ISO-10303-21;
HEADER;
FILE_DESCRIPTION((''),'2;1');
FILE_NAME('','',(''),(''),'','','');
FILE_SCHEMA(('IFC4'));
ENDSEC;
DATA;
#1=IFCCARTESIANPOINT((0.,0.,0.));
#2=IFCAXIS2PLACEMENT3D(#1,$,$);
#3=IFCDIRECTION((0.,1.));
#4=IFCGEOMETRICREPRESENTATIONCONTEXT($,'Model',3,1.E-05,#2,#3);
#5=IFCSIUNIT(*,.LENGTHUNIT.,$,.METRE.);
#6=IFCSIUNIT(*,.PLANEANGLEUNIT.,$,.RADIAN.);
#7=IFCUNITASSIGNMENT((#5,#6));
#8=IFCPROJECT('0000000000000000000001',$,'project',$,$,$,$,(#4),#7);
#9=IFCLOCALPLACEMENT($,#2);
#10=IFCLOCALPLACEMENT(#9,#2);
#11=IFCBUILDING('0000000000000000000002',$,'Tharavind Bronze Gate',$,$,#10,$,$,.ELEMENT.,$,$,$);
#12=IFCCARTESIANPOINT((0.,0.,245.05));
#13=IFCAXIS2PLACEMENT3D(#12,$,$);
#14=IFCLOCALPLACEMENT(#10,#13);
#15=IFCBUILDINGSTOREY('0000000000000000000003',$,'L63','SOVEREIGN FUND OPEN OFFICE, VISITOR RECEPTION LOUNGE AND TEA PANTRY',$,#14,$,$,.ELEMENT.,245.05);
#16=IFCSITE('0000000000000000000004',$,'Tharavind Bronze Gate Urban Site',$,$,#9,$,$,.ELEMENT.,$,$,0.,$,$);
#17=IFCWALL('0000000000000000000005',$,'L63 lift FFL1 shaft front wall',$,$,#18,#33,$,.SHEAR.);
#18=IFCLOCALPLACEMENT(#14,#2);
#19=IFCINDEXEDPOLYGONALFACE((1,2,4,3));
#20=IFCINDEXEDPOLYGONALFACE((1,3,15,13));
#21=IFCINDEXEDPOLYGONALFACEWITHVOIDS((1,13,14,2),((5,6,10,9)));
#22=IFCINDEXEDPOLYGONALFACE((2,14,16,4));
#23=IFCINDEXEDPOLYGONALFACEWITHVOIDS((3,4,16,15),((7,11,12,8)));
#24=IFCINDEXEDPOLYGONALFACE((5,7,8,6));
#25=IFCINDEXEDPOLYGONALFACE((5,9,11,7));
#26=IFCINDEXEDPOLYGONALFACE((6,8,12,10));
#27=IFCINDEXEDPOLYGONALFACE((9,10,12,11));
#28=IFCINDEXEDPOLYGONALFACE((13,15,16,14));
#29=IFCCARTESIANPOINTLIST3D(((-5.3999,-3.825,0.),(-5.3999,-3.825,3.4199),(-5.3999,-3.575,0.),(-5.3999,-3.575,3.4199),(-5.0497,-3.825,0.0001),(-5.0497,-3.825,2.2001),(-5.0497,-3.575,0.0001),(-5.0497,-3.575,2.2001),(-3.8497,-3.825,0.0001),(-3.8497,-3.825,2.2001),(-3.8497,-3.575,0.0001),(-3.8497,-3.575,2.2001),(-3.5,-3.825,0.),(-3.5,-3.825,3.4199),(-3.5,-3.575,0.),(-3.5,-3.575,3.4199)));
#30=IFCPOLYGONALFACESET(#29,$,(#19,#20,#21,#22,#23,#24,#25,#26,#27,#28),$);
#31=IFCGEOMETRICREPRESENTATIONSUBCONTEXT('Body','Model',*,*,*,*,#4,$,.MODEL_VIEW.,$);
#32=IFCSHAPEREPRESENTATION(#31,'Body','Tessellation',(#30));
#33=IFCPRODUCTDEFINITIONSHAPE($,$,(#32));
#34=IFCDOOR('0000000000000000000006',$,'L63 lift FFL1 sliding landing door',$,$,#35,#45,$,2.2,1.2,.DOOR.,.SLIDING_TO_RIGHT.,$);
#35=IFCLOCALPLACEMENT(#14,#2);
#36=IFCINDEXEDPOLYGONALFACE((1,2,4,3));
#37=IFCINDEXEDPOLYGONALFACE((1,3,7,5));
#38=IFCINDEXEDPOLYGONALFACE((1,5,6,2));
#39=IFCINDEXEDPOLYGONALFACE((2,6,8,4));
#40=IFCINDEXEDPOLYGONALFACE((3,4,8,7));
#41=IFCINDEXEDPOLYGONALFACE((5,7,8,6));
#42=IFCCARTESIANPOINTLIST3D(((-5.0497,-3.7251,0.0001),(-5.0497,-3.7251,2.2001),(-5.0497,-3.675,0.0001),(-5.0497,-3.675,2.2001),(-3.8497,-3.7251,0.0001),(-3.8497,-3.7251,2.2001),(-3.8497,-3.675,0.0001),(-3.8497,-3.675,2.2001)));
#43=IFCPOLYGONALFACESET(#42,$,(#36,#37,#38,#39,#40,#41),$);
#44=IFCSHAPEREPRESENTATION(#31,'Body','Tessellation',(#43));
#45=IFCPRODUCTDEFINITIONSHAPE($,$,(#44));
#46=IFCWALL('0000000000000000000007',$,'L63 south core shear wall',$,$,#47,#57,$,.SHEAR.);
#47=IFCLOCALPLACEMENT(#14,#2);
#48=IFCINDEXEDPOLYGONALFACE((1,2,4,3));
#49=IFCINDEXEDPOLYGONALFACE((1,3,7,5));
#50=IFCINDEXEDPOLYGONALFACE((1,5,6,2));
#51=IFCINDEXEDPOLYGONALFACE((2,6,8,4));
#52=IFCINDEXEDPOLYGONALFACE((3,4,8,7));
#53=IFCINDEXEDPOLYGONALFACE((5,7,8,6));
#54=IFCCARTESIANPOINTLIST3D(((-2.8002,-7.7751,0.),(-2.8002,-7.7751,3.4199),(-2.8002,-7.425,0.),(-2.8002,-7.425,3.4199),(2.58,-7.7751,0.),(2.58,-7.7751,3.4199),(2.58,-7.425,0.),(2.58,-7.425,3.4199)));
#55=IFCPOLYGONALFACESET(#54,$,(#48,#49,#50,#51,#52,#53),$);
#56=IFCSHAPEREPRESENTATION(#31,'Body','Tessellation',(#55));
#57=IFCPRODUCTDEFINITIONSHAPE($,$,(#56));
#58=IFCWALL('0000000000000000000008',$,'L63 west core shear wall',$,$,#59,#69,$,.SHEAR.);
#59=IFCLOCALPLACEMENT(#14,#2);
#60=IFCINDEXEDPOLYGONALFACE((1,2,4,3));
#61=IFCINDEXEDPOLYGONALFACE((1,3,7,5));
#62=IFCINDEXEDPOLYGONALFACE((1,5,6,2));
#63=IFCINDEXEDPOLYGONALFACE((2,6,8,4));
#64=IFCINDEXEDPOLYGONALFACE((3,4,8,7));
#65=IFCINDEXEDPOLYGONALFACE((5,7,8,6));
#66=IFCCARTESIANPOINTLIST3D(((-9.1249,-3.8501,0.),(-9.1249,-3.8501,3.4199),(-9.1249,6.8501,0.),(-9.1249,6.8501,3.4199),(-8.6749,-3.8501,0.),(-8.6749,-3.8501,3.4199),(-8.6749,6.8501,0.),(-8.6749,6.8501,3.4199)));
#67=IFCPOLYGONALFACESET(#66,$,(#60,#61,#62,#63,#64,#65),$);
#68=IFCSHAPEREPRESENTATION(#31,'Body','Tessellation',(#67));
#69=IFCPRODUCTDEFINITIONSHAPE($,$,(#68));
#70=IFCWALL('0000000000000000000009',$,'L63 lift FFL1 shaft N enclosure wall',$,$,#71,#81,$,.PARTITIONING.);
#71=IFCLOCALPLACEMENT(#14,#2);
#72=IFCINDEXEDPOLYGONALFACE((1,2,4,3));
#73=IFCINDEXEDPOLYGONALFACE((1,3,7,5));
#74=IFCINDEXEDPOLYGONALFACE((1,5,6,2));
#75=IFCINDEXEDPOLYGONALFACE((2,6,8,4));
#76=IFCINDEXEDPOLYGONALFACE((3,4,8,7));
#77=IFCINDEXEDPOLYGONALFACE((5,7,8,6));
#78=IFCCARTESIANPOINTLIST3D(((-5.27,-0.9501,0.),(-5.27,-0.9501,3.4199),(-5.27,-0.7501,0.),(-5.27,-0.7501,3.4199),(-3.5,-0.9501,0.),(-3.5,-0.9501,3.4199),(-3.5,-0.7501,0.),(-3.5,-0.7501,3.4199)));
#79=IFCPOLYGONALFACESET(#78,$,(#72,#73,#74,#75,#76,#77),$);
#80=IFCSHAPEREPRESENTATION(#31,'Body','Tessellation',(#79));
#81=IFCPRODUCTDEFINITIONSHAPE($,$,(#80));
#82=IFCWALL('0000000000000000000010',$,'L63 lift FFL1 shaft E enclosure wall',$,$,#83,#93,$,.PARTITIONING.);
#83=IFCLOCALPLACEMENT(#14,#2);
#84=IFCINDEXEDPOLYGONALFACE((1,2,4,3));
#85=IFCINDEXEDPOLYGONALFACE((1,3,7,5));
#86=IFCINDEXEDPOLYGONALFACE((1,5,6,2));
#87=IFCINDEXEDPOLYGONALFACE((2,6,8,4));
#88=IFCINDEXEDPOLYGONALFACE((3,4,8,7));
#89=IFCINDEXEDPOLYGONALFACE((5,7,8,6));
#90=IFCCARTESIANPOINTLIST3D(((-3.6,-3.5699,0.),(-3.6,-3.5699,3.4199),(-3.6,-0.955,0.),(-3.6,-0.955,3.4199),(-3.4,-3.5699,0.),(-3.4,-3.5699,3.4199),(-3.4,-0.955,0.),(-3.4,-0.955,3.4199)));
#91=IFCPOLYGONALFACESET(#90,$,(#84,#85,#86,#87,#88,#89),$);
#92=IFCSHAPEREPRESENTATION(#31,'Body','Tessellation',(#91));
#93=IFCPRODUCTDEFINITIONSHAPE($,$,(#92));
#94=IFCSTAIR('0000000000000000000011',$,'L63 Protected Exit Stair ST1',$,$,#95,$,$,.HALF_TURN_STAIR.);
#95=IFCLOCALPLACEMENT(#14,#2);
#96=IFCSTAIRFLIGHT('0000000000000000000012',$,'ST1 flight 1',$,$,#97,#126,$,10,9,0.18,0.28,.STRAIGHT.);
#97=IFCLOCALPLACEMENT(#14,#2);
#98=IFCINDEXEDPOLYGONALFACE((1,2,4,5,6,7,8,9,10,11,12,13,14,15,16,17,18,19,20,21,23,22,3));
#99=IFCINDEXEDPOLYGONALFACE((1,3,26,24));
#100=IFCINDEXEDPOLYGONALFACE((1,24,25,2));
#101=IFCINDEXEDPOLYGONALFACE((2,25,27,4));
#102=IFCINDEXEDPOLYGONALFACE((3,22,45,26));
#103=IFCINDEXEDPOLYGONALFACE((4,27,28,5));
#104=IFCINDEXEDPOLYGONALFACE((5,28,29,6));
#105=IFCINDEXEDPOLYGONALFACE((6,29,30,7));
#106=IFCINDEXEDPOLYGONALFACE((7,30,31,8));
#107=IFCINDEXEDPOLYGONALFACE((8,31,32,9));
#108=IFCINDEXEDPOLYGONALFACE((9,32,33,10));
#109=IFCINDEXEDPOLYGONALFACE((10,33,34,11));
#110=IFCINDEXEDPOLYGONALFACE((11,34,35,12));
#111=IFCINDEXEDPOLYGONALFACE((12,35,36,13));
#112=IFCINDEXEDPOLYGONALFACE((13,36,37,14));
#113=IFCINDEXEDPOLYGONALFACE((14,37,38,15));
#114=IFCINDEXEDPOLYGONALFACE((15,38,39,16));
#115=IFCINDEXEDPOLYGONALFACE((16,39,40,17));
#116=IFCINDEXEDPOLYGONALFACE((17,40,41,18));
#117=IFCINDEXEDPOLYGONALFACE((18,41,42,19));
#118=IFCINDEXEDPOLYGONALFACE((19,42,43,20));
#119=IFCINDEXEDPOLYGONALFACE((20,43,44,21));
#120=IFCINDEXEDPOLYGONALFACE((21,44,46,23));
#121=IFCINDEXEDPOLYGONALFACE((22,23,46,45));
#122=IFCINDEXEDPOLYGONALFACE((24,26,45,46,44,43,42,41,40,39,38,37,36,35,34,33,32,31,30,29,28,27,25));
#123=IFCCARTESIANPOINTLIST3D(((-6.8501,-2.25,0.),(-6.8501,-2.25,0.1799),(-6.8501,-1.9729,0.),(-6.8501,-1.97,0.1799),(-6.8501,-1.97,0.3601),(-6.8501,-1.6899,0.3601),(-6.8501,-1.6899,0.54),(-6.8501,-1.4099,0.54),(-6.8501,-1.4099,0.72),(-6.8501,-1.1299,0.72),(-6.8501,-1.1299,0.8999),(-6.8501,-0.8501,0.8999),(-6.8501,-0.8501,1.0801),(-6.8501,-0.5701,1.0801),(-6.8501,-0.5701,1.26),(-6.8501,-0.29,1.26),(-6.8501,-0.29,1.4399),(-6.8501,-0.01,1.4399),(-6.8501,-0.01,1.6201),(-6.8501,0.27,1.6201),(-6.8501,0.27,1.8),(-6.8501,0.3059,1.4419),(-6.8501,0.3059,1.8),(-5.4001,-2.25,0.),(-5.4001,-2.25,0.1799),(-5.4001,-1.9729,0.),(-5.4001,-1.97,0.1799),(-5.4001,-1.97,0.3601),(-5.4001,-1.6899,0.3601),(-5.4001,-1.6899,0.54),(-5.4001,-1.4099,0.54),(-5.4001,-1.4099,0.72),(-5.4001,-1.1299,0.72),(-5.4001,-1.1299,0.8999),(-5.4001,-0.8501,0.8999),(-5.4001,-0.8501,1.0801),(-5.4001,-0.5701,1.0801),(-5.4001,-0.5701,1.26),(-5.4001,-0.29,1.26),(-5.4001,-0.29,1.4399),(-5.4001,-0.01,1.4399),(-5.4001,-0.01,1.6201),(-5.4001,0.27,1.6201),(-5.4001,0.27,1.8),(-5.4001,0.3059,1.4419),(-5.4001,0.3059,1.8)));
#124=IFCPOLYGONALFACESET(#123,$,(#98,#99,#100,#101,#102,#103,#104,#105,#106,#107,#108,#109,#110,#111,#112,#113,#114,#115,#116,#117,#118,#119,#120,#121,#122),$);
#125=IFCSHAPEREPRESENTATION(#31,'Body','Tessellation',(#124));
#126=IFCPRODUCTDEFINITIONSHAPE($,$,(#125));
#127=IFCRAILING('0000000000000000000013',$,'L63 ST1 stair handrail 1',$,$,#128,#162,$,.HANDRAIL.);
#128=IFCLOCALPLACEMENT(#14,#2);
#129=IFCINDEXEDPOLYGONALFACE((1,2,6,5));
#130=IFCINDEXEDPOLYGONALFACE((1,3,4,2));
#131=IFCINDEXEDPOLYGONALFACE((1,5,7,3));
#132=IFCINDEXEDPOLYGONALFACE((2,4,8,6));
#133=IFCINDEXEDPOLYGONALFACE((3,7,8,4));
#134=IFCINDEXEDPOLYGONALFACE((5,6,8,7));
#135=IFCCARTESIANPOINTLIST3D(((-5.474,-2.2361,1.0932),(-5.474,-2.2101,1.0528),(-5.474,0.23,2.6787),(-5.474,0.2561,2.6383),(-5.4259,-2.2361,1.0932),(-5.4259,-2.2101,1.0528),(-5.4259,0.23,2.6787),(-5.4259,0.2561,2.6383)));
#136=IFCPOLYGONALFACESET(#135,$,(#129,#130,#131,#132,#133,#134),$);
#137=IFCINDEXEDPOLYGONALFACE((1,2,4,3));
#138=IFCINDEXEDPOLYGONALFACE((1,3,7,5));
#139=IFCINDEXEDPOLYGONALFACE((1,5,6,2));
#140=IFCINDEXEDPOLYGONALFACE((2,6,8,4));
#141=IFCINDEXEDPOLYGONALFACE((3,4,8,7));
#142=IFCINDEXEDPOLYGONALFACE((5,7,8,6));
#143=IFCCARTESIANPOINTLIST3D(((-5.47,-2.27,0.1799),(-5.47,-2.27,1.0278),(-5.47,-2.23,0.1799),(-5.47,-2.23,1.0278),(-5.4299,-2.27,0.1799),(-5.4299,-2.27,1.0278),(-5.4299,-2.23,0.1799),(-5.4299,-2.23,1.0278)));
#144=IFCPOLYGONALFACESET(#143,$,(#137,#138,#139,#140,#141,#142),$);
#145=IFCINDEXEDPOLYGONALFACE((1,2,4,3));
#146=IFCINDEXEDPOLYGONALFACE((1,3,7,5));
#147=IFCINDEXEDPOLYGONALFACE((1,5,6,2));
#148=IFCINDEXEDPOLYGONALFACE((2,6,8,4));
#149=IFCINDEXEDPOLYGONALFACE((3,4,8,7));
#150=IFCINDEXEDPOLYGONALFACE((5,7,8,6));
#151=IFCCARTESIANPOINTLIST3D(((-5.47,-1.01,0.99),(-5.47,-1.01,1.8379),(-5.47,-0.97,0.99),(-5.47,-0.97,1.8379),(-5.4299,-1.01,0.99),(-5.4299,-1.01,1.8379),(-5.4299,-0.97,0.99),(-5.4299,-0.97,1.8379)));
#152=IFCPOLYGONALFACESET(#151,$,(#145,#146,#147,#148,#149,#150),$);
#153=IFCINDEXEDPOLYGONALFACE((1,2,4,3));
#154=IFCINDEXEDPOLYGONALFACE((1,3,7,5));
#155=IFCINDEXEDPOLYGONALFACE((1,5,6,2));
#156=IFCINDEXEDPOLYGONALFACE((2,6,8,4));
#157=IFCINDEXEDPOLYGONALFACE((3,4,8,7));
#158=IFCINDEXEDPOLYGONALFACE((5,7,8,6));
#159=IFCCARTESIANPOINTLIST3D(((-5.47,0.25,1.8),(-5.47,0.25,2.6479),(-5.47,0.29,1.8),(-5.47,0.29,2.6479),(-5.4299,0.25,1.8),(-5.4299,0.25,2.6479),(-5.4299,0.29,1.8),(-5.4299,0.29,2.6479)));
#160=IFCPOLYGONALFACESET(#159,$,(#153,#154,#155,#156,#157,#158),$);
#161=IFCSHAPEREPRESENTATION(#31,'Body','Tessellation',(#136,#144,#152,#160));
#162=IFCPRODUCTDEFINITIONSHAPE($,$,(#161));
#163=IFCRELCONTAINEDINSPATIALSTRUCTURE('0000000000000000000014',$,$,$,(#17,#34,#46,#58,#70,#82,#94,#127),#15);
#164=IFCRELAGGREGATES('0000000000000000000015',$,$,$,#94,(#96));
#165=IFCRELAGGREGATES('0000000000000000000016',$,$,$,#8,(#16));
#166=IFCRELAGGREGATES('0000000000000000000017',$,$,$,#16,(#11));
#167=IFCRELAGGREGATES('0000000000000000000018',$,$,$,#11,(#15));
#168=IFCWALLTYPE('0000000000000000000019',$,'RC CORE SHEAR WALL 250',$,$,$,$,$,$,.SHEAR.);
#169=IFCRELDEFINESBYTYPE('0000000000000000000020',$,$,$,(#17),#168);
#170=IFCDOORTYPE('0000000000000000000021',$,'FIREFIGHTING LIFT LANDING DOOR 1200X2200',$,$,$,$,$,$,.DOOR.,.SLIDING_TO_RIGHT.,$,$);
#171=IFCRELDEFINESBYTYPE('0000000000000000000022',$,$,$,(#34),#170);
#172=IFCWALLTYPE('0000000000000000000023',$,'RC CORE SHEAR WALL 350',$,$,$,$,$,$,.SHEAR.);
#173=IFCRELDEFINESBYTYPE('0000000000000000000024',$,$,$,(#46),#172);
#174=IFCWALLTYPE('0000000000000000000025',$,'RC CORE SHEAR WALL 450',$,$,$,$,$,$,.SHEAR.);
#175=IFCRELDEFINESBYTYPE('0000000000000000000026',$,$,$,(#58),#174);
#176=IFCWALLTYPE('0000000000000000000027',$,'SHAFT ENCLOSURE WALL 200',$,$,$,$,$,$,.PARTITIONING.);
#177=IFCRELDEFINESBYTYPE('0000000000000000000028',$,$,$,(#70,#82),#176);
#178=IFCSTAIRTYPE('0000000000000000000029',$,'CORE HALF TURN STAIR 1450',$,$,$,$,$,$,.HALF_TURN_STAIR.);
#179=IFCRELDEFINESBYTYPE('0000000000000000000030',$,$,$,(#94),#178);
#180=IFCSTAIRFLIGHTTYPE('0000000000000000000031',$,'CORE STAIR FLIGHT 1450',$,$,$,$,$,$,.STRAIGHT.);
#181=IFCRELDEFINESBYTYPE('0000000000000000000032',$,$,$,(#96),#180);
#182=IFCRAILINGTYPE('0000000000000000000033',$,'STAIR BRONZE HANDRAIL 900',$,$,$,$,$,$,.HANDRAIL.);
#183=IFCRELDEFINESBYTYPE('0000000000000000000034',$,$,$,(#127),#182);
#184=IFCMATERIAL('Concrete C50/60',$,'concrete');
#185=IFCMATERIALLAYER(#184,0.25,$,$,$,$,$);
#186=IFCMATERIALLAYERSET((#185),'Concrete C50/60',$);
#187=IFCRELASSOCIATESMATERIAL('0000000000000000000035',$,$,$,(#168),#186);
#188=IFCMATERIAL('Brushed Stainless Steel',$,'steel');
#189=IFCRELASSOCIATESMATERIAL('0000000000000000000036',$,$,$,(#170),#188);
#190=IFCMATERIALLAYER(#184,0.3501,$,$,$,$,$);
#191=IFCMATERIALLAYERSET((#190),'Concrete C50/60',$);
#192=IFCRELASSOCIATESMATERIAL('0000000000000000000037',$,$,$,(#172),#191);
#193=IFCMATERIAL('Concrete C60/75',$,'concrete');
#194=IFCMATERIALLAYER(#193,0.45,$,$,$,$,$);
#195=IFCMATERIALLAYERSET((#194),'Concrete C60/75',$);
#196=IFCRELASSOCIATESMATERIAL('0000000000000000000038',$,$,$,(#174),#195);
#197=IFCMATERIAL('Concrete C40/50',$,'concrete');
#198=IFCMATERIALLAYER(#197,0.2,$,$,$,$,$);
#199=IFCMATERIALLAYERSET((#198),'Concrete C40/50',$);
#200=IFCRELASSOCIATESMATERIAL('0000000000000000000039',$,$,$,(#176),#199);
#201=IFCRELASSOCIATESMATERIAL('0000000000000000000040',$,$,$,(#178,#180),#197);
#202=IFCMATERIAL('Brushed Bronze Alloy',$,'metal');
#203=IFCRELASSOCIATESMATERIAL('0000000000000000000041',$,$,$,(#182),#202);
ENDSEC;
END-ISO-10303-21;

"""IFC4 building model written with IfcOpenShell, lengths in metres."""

from ifc_helpers import new_model, si_unit, direction, frame, frame_2d, origin, origin_2d, place, context, subcontext, project, spatial, polyline, rectangle, outline, extrude, material, layer, layer_set, type_object, element, fill, aggregate, save


model = new_model("IFC4")

# Units and contexts
model_context = context("Model", 3, precision=1e-05, world=origin(), true_north=direction((0.0, 1.0)))
body_context = subcontext(model_context, "Body", "Model", "MODEL_VIEW")
ifc_project = project(units=[si_unit("LENGTHUNIT", "METRE"), si_unit("PLANEANGLEUNIT", "RADIAN")], contexts=[model_context])

# Site, building, storey
site_placement = place(None, origin())
site = spatial("IfcSite", under=ifc_project, at=site_placement, Name="Tharavind Bronze Gate Urban Site", CompositionType="ELEMENT", RefElevation=0.0)
building_placement = place(site_placement, origin())
building = spatial("IfcBuilding", under=site, at=building_placement, Name="Tharavind Bronze Gate", CompositionType="ELEMENT")
storey_placement = place(building_placement, frame((0.0, 0.0, 245.05)))
storey = spatial("IfcBuildingStorey", under=building, at=storey_placement, Name="L63", Description="SOVEREIGN FUND OPEN OFFICE, VISITOR RECEPTION LOUNGE AND TEA PANTRY", CompositionType="ELEMENT", Elevation=245.05)

# Shared definitions
ifc_material_1 = material(Name="Concrete C50/60", Category="concrete")

# Shared definitions
ifc_material_2 = material(Name="Concrete C40/50", Category="concrete")

# Shared definitions
ifc_layer_1 = layer(ifc_material_1, 0.25)
ifc_layer_set_1 = layer_set([ifc_layer_1], Name="Concrete C50/60")
wall_type_1 = type_object("IfcWallType", Name="RC CORE SHEAR WALL 250", PredefinedType="SHEAR", material=ifc_layer_set_1)

# Wall, opening, door
wall_1_placement = place(storey_placement, frame((-5.3999, -3.7, 0.0), z_axis=(0.0, 0.0, 1.0), x_axis=(1.0, 0.0, 0.0)))
wall_1 = element("IfcWall", 1, at=wall_1_placement, inside=storey, type_object=wall_type_1, Name="L63 lift FFL1 shaft front wall", PredefinedType="SHEAR", context=body_context, shape_type="SweptSolid", body=[
    extrude(rectangle(XDim=1.8999, YDim=0.25, at=frame_2d((0.95, 0.0))), origin(), (0.0, 0.0, 1.0), 3.4199),
])
opening_1_placement = place(wall_1_placement, frame((0.3501, 0.0, 0.0)))
opening_1 = element("IfcOpeningElement", 2, at=opening_1_placement, cuts=wall_1, PredefinedType="OPENING", context=body_context, shape_type="SweptSolid", body=[
    extrude(rectangle(XDim=1.2, YDim=2.2, at=frame_2d((0.6001, 1.1001))), frame((0.0, 0.135, 0.0), z_axis=(0.0, -1.0, 0.0), x_axis=(1.0, 0.0, 0.0)), (0.0, 0.0, 1.0), 0.27),
])
ifc_material_3 = material(Name="Brushed Stainless Steel", Category="steel")
door_type_1 = type_object("IfcDoorType", Name="FIREFIGHTING LIFT LANDING DOOR 1200X2200", OperationType="SLIDING_TO_RIGHT", PredefinedType="DOOR", material=ifc_material_3)
door_1_placement = place(opening_1_placement, origin())
door_1 = element("IfcDoor", 3, at=door_1_placement, inside=storey, type_object=door_type_1, Name="L63 lift FFL1 sliding landing door", OperationType="SLIDING_TO_RIGHT", OverallHeight=2.2, OverallWidth=1.2, PredefinedType="DOOR", context=body_context, shape_type="SweptSolid", body=[
    extrude(rectangle(XDim=1.2, YDim=2.2, at=frame_2d((0.6001, 1.1001))), frame((0.0, 0.0249, 0.0), z_axis=(0.0, -1.0, 0.0), x_axis=(1.0, 0.0, 0.0)), (0.0, 0.0, 1.0), 0.05),
])
fill(opening_1, door_1)

# Walls
ifc_layer_2 = layer(ifc_material_1, 0.3501)
ifc_layer_set_2 = layer_set([ifc_layer_2], Name="Concrete C50/60")
wall_type_2 = type_object("IfcWallType", Name="RC CORE SHEAR WALL 350", PredefinedType="SHEAR", material=ifc_layer_set_2)
wall_2_placement = place(storey_placement, frame((-2.8, -7.6001, 0.0), z_axis=(0.0, 0.0, 1.0), x_axis=(1.0, 0.0, 0.0)))
element("IfcWall", 4, at=wall_2_placement, inside=storey, type_object=wall_type_2, Name="L63 south core shear wall", PredefinedType="SHEAR", context=body_context, shape_type="SweptSolid", body=[
    extrude(rectangle(XDim=5.3801, YDim=0.3501, at=frame_2d((2.6899, 0.0))), origin(), (0.0, 0.0, 1.0), 3.4199),
])
ifc_material_4 = material(Name="Concrete C60/75", Category="concrete")
ifc_layer_3 = layer(ifc_material_4, 0.45)
ifc_layer_set_3 = layer_set([ifc_layer_3], Name="Concrete C60/75")
wall_type_3 = type_object("IfcWallType", Name="RC CORE SHEAR WALL 450", PredefinedType="SHEAR", material=ifc_layer_set_3)
wall_3_placement = place(storey_placement, frame((-8.8999, -3.8501, 0.0), z_axis=(0.0, 0.0, 1.0), x_axis=(0.0, 1.0, 0.0)))
element("IfcWall", 5, at=wall_3_placement, inside=storey, type_object=wall_type_3, Name="L63 west core shear wall", PredefinedType="SHEAR", context=body_context, shape_type="SweptSolid", body=[
    extrude(rectangle(XDim=10.7002, YDim=0.45, at=frame_2d((5.3501, 0.0))), origin(), (0.0, 0.0, 1.0), 3.4199),
])
ifc_layer_4 = layer(ifc_material_2, 0.2)
ifc_layer_set_4 = layer_set([ifc_layer_4], Name="Concrete C40/50")
wall_type_4 = type_object("IfcWallType", Name="SHAFT ENCLOSURE WALL 200", PredefinedType="PARTITIONING", material=ifc_layer_set_4)
wall_4_placement = place(storey_placement, frame((-5.27, -0.8501, 0.0), z_axis=(0.0, 0.0, 1.0), x_axis=(1.0, 0.0, 0.0)))
element("IfcWall", 6, at=wall_4_placement, inside=storey, type_object=wall_type_4, Name="L63 lift FFL1 shaft N enclosure wall", PredefinedType="PARTITIONING", context=body_context, shape_type="SweptSolid", body=[
    extrude(rectangle(XDim=1.77, YDim=0.2, at=frame_2d((0.885, 0.0))), origin(), (0.0, 0.0, 1.0), 3.4199),
])
wall_5_placement = place(storey_placement, frame((-3.5, -3.5701, 0.0), z_axis=(0.0, 0.0, 1.0), x_axis=(0.0, 1.0, 0.0)))
element("IfcWall", 7, at=wall_5_placement, inside=storey, type_object=wall_type_4, Name="L63 lift FFL1 shaft E enclosure wall", PredefinedType="PARTITIONING", context=body_context, shape_type="SweptSolid", body=[
    extrude(rectangle(XDim=2.615, YDim=0.2, at=frame_2d((1.3076, 0.0))), origin(), (0.0, 0.0, 1.0), 3.4199),
])

# Stair, stair flight
stair_type = type_object("IfcStairType", Name="CORE HALF TURN STAIR 1450", PredefinedType="HALF_TURN_STAIR", material=ifc_material_2)
stair_placement = place(storey_placement, origin())
stair = element("IfcStair", 8, at=stair_placement, inside=storey, type_object=stair_type, Name="L63 Protected Exit Stair ST1", PredefinedType="HALF_TURN_STAIR")
stair_flight_type = type_object("IfcStairFlightType", Name="CORE STAIR FLIGHT 1450", PredefinedType="STRAIGHT", material=ifc_material_2)
stair_flight_placement = place(storey_placement, frame((-6.125, -2.25, 0.0), z_axis=(0.0, 0.0, 1.0), x_axis=(0.0, 1.0, 0.0)))
stair_flight = element("IfcStairFlight", 9, at=stair_flight_placement, type_object=stair_flight_type, Name="ST1 flight 1", NumberOfRisers=10, NumberOfTreads=9, PredefinedType="STRAIGHT", RiserHeight=0.18, TreadLength=0.28, context=body_context, shape_type="SweptSolid", body=[
    extrude(outline(polyline([(0.0, 0.0), (0.0, 0.1799), (0.28, 0.1799), (0.28, 0.3601), (0.5601, 0.3601), (0.5601, 0.54), (0.8401, 0.54), (0.8401, 0.72), (1.1201, 0.72), (1.1201, 0.8999), (1.3999, 0.8999), (1.3999, 1.0801), (1.6799, 1.0801), (1.6799, 1.26), (1.96, 1.26), (1.96, 1.4399), (2.24, 1.4399), (2.24, 1.6201), (2.52, 1.6201), (2.52, 1.8), (2.5559, 1.8), (2.5559, 1.4419), (0.2771, 0.0), (0.0, 0.0)])), frame((0.0, 0.7251, 0.0), z_axis=(0.0, -1.0, 0.0), x_axis=(1.0, 0.0, 0.0)), (0.0, 0.0, 1.0), 1.45),
])
aggregate(stair, [stair_flight])

# Railing
ifc_material_5 = material(Name="Brushed Bronze Alloy", Category="metal")
railing_type_1 = type_object("IfcRailingType", Name="STAIR BRONZE HANDRAIL 900", PredefinedType="HANDRAIL", material=ifc_material_5)
railing_1_placement = place(storey_placement, frame((-5.45, -2.25, 0.1799)))
element("IfcRailing", 10, at=railing_1_placement, inside=storey, type_object=railing_type_1, Name="L63 ST1 stair handrail 1", PredefinedType="HANDRAIL", context=body_context, shape_type="SweptSolid", body=[
    extrude(rectangle(XDim=0.0481, YDim=0.0481, at=origin_2d()), frame((0.0, 0.0269, 0.8931), z_axis=(0.0, 0.841163, 0.540782), x_axis=(-1.0, 0.0, 0.0)), (0.0, 0.0, 1.0), 2.9319),
    extrude(rectangle(XDim=0.04, YDim=0.04, at=origin_2d()), origin(), (0.0, 0.0, 1.0), 0.8479),
    extrude(rectangle(XDim=0.04, YDim=0.04, at=origin_2d()), frame((0.0, 1.26, 0.8101)), (0.0, 0.0, 1.0), 0.8479),
    extrude(rectangle(XDim=0.04, YDim=0.04, at=origin_2d()), frame((0.0, 2.52, 1.6201)), (0.0, 0.0, 1.0), 0.8479),
])

save(model, "model.ifc")
